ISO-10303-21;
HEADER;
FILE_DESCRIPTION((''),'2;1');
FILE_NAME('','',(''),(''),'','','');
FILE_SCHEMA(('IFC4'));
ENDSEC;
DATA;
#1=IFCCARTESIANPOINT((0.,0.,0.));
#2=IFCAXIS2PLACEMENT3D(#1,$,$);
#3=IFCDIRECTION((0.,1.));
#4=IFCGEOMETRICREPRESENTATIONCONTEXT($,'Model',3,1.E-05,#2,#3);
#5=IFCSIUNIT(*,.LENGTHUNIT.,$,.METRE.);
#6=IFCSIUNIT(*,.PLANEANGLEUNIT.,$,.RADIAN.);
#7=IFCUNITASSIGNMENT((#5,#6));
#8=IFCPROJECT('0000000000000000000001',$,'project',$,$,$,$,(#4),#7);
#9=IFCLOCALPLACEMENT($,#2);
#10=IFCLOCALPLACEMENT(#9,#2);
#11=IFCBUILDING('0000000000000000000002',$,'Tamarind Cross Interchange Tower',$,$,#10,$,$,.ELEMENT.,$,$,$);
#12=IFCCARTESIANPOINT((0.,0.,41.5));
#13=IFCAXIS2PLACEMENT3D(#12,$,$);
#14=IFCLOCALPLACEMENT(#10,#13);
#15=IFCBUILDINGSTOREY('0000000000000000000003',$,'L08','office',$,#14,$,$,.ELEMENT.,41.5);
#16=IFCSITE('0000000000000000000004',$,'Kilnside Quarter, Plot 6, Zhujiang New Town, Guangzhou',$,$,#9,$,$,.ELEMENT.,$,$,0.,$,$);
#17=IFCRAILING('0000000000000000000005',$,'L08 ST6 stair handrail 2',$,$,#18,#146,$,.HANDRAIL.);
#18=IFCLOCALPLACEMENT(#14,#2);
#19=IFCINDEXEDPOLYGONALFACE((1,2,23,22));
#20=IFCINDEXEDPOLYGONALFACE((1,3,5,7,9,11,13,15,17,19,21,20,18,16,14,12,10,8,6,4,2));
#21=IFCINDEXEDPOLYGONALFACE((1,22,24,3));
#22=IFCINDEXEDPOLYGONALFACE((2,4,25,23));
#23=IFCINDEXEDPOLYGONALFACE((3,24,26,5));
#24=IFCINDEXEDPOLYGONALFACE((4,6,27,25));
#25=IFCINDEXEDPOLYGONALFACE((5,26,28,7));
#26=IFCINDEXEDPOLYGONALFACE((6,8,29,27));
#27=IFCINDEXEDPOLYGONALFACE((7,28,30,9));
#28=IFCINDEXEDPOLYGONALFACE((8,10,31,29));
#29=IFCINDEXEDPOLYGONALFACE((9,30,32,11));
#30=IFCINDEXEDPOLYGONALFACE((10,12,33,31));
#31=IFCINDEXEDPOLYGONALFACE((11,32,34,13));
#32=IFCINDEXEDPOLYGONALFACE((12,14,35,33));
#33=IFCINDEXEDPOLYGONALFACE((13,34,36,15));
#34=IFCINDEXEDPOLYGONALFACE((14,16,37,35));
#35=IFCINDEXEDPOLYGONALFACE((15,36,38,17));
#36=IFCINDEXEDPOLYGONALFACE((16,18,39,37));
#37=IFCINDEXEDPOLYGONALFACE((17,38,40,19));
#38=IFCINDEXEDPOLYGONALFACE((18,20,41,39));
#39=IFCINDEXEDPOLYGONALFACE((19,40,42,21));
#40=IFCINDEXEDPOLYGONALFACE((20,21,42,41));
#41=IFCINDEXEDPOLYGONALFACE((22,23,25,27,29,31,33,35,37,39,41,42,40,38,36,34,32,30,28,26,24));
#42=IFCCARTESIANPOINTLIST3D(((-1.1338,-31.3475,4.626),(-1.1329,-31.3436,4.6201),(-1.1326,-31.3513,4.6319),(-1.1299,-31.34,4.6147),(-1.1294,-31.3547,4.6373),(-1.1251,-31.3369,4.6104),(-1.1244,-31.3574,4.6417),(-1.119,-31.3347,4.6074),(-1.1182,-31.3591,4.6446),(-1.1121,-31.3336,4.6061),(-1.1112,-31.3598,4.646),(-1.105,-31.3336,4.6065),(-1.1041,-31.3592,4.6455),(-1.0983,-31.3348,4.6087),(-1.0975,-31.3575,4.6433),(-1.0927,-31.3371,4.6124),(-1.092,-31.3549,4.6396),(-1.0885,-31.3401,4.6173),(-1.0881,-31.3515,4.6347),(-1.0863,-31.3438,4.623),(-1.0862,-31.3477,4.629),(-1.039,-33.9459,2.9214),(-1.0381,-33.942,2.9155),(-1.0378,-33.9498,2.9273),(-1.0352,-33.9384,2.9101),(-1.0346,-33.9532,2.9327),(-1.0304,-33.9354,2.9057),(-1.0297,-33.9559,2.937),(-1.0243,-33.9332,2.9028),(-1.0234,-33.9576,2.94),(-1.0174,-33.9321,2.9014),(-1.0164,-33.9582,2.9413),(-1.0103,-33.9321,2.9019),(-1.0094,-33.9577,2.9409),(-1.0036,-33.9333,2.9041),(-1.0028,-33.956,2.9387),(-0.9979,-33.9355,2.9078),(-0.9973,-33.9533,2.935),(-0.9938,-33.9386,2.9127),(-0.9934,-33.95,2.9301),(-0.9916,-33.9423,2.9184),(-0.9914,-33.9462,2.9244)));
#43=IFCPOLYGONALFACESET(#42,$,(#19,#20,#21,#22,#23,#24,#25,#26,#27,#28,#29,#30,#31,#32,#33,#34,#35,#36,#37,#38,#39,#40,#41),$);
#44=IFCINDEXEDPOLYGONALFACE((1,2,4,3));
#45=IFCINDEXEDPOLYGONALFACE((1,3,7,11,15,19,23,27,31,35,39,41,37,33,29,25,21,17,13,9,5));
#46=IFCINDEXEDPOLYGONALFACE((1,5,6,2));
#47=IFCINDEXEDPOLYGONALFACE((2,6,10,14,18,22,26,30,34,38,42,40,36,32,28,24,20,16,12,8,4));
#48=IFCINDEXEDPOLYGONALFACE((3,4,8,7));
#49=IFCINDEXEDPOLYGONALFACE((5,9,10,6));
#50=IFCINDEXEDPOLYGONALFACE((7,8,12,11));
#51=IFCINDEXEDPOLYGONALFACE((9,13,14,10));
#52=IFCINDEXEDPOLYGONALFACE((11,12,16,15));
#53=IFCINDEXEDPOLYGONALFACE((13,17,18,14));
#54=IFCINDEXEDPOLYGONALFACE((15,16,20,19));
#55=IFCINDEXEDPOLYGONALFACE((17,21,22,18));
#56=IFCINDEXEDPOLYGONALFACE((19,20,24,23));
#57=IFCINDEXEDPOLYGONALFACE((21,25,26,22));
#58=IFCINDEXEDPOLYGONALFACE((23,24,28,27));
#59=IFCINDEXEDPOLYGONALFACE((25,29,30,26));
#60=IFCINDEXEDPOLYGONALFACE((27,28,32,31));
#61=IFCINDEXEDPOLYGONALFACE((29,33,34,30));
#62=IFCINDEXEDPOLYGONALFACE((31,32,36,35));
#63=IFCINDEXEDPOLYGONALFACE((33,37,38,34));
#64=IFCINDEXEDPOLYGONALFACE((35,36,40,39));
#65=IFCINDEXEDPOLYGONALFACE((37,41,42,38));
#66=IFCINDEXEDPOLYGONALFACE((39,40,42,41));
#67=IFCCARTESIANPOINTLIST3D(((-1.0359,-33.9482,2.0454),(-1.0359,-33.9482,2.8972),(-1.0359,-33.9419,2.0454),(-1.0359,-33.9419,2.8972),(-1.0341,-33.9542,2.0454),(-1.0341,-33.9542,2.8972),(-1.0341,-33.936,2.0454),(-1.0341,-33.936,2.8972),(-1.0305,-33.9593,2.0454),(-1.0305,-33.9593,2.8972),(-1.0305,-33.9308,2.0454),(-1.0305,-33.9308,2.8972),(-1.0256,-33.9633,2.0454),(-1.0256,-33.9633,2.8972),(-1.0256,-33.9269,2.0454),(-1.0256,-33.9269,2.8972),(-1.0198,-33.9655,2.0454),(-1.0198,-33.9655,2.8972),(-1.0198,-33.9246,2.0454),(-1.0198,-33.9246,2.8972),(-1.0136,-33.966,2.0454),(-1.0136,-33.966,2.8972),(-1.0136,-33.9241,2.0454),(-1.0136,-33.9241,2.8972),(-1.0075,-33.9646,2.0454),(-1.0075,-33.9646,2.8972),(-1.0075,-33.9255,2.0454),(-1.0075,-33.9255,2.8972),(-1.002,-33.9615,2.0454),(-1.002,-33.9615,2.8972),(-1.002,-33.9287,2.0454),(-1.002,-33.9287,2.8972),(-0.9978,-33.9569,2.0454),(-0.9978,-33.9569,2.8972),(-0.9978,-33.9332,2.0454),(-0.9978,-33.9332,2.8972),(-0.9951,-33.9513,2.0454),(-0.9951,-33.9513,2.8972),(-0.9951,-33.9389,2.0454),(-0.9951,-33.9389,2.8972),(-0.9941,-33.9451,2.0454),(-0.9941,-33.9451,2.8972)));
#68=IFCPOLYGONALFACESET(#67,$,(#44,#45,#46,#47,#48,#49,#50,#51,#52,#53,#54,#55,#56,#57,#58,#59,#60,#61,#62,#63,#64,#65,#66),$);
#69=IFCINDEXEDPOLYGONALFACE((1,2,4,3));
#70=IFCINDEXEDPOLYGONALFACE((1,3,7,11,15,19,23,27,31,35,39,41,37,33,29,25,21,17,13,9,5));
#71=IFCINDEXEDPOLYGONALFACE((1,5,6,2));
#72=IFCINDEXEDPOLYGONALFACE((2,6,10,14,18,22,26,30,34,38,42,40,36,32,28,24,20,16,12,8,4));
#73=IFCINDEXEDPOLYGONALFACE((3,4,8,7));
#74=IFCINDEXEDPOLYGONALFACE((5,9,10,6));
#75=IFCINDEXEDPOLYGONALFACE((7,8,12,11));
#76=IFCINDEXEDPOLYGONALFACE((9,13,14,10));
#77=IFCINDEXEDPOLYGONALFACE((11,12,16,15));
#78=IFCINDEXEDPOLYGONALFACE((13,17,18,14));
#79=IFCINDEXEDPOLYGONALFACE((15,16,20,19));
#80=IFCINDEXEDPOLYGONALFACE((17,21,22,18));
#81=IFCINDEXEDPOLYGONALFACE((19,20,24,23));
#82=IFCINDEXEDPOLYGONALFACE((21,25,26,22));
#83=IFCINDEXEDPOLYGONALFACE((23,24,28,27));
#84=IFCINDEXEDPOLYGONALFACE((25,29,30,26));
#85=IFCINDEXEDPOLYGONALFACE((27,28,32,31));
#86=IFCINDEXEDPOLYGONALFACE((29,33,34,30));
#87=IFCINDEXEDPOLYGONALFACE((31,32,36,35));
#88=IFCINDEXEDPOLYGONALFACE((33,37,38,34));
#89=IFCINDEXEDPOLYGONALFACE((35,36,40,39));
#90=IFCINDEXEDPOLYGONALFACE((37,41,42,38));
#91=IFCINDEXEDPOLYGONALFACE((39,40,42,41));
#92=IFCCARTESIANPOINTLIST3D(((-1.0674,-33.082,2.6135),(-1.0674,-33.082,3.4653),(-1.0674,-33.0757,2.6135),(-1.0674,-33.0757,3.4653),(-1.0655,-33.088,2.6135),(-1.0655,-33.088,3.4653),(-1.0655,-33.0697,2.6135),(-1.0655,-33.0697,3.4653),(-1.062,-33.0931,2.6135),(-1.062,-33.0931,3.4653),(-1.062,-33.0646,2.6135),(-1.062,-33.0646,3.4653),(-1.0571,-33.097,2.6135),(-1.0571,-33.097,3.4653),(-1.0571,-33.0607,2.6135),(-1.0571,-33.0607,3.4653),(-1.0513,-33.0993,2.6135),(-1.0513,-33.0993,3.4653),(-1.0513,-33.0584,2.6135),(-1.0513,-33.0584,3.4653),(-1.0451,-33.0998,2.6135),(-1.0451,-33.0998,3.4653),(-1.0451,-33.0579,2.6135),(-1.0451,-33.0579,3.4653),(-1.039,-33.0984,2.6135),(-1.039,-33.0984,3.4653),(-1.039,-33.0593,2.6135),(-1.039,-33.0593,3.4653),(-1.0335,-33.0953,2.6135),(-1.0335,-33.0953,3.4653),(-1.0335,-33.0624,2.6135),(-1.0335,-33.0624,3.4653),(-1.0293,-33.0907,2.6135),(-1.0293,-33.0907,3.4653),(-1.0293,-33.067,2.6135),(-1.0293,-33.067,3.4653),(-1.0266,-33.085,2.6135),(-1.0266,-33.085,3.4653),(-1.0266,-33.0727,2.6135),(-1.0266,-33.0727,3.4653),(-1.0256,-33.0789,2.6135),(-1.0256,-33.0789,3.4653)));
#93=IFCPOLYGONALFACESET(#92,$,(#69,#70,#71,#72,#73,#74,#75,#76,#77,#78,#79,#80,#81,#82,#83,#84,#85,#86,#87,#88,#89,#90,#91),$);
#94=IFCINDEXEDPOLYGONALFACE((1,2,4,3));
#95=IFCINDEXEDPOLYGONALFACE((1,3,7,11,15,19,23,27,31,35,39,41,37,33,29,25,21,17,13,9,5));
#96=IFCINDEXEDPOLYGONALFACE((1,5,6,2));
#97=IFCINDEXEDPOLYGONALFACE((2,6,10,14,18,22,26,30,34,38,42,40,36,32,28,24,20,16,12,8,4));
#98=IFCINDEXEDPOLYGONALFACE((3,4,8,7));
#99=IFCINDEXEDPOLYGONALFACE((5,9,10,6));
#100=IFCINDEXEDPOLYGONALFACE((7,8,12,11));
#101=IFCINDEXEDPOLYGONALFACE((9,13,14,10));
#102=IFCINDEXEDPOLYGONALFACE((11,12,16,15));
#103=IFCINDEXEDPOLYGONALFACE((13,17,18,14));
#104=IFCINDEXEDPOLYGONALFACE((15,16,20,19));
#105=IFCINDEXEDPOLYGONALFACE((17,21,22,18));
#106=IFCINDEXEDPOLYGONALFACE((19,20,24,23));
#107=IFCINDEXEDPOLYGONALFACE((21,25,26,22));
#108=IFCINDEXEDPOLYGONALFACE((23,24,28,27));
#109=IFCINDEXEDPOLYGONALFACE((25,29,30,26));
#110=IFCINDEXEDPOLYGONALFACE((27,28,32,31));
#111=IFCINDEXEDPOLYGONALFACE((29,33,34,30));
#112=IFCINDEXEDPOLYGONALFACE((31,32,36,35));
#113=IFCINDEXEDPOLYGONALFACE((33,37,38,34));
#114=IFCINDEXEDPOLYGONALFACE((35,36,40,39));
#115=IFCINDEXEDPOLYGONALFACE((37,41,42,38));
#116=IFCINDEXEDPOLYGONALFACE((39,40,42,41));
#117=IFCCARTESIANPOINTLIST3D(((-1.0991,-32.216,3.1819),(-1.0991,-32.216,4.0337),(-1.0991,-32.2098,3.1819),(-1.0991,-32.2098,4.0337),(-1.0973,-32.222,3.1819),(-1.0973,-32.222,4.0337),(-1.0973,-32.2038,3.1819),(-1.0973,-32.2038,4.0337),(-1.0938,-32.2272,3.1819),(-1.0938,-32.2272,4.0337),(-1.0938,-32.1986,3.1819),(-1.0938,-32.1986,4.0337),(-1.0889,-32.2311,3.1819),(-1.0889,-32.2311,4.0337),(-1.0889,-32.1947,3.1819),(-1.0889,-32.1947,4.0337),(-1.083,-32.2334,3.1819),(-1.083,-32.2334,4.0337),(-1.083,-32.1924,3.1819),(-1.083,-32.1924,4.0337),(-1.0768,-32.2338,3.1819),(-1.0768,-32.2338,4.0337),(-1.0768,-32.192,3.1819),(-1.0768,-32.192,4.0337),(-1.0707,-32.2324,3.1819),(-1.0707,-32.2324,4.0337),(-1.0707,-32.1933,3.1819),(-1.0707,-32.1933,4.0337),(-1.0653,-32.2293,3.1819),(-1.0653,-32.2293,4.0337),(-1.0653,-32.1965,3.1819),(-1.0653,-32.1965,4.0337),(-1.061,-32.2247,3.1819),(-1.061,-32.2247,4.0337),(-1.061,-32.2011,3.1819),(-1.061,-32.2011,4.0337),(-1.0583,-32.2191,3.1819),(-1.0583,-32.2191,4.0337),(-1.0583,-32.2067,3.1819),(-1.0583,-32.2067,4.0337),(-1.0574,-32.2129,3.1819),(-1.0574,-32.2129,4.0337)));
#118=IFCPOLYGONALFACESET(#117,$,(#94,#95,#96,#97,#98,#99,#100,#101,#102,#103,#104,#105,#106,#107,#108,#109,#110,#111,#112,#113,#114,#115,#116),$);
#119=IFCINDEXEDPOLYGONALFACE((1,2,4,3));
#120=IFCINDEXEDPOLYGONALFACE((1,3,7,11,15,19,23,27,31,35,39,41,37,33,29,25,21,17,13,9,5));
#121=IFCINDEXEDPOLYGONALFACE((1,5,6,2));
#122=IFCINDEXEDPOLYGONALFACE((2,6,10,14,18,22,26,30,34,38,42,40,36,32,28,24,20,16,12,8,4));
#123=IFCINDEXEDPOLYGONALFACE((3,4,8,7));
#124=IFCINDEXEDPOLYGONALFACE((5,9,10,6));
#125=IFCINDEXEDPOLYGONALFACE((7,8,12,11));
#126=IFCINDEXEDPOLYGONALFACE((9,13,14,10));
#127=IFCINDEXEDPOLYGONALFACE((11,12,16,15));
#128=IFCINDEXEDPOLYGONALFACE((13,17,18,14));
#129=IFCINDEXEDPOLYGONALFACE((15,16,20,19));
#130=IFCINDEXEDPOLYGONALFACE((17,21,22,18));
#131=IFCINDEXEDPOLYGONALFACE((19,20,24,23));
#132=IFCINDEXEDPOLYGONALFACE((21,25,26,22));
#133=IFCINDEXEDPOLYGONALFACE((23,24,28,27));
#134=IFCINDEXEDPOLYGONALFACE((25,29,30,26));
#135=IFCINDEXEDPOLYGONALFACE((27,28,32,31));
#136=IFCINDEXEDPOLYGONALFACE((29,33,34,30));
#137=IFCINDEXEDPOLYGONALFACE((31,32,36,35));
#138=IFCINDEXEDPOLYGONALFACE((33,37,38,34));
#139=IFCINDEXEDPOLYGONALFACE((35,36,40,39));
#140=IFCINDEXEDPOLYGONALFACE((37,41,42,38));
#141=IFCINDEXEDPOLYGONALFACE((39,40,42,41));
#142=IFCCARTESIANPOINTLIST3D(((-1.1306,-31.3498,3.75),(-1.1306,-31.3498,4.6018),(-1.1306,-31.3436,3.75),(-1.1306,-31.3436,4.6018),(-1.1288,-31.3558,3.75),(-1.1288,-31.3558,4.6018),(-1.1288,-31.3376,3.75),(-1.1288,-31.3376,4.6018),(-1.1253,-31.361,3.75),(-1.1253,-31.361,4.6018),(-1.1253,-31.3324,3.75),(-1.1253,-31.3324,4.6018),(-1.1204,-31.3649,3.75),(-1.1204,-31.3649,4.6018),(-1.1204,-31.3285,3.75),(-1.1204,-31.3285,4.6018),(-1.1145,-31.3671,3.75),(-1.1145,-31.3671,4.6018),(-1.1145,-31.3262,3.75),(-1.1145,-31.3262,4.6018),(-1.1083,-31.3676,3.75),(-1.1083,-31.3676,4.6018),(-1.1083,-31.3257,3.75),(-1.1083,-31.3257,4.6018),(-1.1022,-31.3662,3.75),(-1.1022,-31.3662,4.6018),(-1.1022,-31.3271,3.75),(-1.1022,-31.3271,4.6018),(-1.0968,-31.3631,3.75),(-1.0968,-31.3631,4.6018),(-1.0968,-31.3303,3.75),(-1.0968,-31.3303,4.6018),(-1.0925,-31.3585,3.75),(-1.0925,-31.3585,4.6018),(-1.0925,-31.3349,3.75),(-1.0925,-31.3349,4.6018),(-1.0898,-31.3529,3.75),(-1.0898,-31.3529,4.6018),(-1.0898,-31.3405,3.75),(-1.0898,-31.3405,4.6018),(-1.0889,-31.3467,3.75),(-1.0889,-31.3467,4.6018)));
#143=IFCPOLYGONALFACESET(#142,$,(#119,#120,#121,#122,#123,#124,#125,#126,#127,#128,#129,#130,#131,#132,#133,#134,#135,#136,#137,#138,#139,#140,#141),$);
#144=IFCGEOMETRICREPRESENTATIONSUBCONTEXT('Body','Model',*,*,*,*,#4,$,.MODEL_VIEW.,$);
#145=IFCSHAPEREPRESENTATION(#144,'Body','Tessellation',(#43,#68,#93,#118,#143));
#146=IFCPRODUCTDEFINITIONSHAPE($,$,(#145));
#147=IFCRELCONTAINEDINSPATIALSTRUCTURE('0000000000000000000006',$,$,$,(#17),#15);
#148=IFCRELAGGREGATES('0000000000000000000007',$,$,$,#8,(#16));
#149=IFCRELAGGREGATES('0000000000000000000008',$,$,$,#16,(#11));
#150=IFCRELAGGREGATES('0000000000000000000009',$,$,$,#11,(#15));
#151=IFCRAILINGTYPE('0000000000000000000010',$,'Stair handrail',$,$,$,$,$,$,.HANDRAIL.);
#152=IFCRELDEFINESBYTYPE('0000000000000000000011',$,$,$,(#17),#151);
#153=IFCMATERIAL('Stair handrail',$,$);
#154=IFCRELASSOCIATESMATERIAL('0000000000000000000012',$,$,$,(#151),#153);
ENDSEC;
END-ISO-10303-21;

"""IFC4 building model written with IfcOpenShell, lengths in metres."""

from ifc_helpers import new_model, si_unit, direction, frame, origin, origin_2d, place, context, subcontext, project, spatial, circle, extrude, material, type_object, element, save


model = new_model("IFC4")

# Units and contexts
model_context = context("Model", 3, precision=1e-05, world=origin(), true_north=direction((0.0, 1.0)))
body_context = subcontext(model_context, "Body", "Model", "MODEL_VIEW")
ifc_project = project(units=[si_unit("LENGTHUNIT", "METRE"), si_unit("PLANEANGLEUNIT", "RADIAN")], contexts=[model_context])

# Site, building, storey
site_placement = place(None, origin())
site = spatial("IfcSite", under=ifc_project, at=site_placement, Name="Kilnside Quarter, Plot 6, Zhujiang New Town, Guangzhou", CompositionType="ELEMENT", RefElevation=0.0)
building_placement = place(site_placement, origin())
building = spatial("IfcBuilding", under=site, at=building_placement, Name="Tamarind Cross Interchange Tower", CompositionType="ELEMENT")
storey_placement = place(building_placement, frame((0.0, 0.0, 41.5)))
storey = spatial("IfcBuildingStorey", under=building, at=storey_placement, Name="L08", Description="office", CompositionType="ELEMENT", Elevation=41.5)

# Railing
ifc_material_1 = material(Name="Stair handrail")
railing_type_1 = type_object("IfcRailingType", Name="Stair handrail", PredefinedType="HANDRAIL", material=ifc_material_1)
railing_1_placement = place(storey_placement, frame((-1.0151, -33.9451, 2.0454)))
element("IfcRailing", 1, at=railing_1_placement, inside=storey, type_object=railing_type_1, Name="L08 ST6 stair handrail 2", PredefinedType="HANDRAIL", context=body_context, shape_type="SweptSolid", body=[
    extrude(circle(Radius=0.0239, at=origin_2d()), frame((0.0, 0.0, 0.876), z_axis=(-0.030468, 0.835749, 0.548266), x_axis=(-0.999336, -0.036432, 0.0)), (0.0, 0.0, 1.0), 3.1091),
    extrude(circle(Radius=0.021, at=origin_2d()), origin(), (0.0, 0.0, 1.0), 0.8518),
    extrude(circle(Radius=0.021, at=origin_2d()), frame((-0.0315, 0.8662, 0.5681)), (0.0, 0.0, 1.0), 0.8518),
    extrude(circle(Radius=0.021, at=origin_2d()), frame((-0.0632, 1.7322, 1.1365)), (0.0, 0.0, 1.0), 0.8518),
    extrude(circle(Radius=0.021, at=origin_2d()), frame((-0.0947, 2.5984, 1.7046)), (0.0, 0.0, 1.0), 0.8518),
])

save(model, "model.ifc")
